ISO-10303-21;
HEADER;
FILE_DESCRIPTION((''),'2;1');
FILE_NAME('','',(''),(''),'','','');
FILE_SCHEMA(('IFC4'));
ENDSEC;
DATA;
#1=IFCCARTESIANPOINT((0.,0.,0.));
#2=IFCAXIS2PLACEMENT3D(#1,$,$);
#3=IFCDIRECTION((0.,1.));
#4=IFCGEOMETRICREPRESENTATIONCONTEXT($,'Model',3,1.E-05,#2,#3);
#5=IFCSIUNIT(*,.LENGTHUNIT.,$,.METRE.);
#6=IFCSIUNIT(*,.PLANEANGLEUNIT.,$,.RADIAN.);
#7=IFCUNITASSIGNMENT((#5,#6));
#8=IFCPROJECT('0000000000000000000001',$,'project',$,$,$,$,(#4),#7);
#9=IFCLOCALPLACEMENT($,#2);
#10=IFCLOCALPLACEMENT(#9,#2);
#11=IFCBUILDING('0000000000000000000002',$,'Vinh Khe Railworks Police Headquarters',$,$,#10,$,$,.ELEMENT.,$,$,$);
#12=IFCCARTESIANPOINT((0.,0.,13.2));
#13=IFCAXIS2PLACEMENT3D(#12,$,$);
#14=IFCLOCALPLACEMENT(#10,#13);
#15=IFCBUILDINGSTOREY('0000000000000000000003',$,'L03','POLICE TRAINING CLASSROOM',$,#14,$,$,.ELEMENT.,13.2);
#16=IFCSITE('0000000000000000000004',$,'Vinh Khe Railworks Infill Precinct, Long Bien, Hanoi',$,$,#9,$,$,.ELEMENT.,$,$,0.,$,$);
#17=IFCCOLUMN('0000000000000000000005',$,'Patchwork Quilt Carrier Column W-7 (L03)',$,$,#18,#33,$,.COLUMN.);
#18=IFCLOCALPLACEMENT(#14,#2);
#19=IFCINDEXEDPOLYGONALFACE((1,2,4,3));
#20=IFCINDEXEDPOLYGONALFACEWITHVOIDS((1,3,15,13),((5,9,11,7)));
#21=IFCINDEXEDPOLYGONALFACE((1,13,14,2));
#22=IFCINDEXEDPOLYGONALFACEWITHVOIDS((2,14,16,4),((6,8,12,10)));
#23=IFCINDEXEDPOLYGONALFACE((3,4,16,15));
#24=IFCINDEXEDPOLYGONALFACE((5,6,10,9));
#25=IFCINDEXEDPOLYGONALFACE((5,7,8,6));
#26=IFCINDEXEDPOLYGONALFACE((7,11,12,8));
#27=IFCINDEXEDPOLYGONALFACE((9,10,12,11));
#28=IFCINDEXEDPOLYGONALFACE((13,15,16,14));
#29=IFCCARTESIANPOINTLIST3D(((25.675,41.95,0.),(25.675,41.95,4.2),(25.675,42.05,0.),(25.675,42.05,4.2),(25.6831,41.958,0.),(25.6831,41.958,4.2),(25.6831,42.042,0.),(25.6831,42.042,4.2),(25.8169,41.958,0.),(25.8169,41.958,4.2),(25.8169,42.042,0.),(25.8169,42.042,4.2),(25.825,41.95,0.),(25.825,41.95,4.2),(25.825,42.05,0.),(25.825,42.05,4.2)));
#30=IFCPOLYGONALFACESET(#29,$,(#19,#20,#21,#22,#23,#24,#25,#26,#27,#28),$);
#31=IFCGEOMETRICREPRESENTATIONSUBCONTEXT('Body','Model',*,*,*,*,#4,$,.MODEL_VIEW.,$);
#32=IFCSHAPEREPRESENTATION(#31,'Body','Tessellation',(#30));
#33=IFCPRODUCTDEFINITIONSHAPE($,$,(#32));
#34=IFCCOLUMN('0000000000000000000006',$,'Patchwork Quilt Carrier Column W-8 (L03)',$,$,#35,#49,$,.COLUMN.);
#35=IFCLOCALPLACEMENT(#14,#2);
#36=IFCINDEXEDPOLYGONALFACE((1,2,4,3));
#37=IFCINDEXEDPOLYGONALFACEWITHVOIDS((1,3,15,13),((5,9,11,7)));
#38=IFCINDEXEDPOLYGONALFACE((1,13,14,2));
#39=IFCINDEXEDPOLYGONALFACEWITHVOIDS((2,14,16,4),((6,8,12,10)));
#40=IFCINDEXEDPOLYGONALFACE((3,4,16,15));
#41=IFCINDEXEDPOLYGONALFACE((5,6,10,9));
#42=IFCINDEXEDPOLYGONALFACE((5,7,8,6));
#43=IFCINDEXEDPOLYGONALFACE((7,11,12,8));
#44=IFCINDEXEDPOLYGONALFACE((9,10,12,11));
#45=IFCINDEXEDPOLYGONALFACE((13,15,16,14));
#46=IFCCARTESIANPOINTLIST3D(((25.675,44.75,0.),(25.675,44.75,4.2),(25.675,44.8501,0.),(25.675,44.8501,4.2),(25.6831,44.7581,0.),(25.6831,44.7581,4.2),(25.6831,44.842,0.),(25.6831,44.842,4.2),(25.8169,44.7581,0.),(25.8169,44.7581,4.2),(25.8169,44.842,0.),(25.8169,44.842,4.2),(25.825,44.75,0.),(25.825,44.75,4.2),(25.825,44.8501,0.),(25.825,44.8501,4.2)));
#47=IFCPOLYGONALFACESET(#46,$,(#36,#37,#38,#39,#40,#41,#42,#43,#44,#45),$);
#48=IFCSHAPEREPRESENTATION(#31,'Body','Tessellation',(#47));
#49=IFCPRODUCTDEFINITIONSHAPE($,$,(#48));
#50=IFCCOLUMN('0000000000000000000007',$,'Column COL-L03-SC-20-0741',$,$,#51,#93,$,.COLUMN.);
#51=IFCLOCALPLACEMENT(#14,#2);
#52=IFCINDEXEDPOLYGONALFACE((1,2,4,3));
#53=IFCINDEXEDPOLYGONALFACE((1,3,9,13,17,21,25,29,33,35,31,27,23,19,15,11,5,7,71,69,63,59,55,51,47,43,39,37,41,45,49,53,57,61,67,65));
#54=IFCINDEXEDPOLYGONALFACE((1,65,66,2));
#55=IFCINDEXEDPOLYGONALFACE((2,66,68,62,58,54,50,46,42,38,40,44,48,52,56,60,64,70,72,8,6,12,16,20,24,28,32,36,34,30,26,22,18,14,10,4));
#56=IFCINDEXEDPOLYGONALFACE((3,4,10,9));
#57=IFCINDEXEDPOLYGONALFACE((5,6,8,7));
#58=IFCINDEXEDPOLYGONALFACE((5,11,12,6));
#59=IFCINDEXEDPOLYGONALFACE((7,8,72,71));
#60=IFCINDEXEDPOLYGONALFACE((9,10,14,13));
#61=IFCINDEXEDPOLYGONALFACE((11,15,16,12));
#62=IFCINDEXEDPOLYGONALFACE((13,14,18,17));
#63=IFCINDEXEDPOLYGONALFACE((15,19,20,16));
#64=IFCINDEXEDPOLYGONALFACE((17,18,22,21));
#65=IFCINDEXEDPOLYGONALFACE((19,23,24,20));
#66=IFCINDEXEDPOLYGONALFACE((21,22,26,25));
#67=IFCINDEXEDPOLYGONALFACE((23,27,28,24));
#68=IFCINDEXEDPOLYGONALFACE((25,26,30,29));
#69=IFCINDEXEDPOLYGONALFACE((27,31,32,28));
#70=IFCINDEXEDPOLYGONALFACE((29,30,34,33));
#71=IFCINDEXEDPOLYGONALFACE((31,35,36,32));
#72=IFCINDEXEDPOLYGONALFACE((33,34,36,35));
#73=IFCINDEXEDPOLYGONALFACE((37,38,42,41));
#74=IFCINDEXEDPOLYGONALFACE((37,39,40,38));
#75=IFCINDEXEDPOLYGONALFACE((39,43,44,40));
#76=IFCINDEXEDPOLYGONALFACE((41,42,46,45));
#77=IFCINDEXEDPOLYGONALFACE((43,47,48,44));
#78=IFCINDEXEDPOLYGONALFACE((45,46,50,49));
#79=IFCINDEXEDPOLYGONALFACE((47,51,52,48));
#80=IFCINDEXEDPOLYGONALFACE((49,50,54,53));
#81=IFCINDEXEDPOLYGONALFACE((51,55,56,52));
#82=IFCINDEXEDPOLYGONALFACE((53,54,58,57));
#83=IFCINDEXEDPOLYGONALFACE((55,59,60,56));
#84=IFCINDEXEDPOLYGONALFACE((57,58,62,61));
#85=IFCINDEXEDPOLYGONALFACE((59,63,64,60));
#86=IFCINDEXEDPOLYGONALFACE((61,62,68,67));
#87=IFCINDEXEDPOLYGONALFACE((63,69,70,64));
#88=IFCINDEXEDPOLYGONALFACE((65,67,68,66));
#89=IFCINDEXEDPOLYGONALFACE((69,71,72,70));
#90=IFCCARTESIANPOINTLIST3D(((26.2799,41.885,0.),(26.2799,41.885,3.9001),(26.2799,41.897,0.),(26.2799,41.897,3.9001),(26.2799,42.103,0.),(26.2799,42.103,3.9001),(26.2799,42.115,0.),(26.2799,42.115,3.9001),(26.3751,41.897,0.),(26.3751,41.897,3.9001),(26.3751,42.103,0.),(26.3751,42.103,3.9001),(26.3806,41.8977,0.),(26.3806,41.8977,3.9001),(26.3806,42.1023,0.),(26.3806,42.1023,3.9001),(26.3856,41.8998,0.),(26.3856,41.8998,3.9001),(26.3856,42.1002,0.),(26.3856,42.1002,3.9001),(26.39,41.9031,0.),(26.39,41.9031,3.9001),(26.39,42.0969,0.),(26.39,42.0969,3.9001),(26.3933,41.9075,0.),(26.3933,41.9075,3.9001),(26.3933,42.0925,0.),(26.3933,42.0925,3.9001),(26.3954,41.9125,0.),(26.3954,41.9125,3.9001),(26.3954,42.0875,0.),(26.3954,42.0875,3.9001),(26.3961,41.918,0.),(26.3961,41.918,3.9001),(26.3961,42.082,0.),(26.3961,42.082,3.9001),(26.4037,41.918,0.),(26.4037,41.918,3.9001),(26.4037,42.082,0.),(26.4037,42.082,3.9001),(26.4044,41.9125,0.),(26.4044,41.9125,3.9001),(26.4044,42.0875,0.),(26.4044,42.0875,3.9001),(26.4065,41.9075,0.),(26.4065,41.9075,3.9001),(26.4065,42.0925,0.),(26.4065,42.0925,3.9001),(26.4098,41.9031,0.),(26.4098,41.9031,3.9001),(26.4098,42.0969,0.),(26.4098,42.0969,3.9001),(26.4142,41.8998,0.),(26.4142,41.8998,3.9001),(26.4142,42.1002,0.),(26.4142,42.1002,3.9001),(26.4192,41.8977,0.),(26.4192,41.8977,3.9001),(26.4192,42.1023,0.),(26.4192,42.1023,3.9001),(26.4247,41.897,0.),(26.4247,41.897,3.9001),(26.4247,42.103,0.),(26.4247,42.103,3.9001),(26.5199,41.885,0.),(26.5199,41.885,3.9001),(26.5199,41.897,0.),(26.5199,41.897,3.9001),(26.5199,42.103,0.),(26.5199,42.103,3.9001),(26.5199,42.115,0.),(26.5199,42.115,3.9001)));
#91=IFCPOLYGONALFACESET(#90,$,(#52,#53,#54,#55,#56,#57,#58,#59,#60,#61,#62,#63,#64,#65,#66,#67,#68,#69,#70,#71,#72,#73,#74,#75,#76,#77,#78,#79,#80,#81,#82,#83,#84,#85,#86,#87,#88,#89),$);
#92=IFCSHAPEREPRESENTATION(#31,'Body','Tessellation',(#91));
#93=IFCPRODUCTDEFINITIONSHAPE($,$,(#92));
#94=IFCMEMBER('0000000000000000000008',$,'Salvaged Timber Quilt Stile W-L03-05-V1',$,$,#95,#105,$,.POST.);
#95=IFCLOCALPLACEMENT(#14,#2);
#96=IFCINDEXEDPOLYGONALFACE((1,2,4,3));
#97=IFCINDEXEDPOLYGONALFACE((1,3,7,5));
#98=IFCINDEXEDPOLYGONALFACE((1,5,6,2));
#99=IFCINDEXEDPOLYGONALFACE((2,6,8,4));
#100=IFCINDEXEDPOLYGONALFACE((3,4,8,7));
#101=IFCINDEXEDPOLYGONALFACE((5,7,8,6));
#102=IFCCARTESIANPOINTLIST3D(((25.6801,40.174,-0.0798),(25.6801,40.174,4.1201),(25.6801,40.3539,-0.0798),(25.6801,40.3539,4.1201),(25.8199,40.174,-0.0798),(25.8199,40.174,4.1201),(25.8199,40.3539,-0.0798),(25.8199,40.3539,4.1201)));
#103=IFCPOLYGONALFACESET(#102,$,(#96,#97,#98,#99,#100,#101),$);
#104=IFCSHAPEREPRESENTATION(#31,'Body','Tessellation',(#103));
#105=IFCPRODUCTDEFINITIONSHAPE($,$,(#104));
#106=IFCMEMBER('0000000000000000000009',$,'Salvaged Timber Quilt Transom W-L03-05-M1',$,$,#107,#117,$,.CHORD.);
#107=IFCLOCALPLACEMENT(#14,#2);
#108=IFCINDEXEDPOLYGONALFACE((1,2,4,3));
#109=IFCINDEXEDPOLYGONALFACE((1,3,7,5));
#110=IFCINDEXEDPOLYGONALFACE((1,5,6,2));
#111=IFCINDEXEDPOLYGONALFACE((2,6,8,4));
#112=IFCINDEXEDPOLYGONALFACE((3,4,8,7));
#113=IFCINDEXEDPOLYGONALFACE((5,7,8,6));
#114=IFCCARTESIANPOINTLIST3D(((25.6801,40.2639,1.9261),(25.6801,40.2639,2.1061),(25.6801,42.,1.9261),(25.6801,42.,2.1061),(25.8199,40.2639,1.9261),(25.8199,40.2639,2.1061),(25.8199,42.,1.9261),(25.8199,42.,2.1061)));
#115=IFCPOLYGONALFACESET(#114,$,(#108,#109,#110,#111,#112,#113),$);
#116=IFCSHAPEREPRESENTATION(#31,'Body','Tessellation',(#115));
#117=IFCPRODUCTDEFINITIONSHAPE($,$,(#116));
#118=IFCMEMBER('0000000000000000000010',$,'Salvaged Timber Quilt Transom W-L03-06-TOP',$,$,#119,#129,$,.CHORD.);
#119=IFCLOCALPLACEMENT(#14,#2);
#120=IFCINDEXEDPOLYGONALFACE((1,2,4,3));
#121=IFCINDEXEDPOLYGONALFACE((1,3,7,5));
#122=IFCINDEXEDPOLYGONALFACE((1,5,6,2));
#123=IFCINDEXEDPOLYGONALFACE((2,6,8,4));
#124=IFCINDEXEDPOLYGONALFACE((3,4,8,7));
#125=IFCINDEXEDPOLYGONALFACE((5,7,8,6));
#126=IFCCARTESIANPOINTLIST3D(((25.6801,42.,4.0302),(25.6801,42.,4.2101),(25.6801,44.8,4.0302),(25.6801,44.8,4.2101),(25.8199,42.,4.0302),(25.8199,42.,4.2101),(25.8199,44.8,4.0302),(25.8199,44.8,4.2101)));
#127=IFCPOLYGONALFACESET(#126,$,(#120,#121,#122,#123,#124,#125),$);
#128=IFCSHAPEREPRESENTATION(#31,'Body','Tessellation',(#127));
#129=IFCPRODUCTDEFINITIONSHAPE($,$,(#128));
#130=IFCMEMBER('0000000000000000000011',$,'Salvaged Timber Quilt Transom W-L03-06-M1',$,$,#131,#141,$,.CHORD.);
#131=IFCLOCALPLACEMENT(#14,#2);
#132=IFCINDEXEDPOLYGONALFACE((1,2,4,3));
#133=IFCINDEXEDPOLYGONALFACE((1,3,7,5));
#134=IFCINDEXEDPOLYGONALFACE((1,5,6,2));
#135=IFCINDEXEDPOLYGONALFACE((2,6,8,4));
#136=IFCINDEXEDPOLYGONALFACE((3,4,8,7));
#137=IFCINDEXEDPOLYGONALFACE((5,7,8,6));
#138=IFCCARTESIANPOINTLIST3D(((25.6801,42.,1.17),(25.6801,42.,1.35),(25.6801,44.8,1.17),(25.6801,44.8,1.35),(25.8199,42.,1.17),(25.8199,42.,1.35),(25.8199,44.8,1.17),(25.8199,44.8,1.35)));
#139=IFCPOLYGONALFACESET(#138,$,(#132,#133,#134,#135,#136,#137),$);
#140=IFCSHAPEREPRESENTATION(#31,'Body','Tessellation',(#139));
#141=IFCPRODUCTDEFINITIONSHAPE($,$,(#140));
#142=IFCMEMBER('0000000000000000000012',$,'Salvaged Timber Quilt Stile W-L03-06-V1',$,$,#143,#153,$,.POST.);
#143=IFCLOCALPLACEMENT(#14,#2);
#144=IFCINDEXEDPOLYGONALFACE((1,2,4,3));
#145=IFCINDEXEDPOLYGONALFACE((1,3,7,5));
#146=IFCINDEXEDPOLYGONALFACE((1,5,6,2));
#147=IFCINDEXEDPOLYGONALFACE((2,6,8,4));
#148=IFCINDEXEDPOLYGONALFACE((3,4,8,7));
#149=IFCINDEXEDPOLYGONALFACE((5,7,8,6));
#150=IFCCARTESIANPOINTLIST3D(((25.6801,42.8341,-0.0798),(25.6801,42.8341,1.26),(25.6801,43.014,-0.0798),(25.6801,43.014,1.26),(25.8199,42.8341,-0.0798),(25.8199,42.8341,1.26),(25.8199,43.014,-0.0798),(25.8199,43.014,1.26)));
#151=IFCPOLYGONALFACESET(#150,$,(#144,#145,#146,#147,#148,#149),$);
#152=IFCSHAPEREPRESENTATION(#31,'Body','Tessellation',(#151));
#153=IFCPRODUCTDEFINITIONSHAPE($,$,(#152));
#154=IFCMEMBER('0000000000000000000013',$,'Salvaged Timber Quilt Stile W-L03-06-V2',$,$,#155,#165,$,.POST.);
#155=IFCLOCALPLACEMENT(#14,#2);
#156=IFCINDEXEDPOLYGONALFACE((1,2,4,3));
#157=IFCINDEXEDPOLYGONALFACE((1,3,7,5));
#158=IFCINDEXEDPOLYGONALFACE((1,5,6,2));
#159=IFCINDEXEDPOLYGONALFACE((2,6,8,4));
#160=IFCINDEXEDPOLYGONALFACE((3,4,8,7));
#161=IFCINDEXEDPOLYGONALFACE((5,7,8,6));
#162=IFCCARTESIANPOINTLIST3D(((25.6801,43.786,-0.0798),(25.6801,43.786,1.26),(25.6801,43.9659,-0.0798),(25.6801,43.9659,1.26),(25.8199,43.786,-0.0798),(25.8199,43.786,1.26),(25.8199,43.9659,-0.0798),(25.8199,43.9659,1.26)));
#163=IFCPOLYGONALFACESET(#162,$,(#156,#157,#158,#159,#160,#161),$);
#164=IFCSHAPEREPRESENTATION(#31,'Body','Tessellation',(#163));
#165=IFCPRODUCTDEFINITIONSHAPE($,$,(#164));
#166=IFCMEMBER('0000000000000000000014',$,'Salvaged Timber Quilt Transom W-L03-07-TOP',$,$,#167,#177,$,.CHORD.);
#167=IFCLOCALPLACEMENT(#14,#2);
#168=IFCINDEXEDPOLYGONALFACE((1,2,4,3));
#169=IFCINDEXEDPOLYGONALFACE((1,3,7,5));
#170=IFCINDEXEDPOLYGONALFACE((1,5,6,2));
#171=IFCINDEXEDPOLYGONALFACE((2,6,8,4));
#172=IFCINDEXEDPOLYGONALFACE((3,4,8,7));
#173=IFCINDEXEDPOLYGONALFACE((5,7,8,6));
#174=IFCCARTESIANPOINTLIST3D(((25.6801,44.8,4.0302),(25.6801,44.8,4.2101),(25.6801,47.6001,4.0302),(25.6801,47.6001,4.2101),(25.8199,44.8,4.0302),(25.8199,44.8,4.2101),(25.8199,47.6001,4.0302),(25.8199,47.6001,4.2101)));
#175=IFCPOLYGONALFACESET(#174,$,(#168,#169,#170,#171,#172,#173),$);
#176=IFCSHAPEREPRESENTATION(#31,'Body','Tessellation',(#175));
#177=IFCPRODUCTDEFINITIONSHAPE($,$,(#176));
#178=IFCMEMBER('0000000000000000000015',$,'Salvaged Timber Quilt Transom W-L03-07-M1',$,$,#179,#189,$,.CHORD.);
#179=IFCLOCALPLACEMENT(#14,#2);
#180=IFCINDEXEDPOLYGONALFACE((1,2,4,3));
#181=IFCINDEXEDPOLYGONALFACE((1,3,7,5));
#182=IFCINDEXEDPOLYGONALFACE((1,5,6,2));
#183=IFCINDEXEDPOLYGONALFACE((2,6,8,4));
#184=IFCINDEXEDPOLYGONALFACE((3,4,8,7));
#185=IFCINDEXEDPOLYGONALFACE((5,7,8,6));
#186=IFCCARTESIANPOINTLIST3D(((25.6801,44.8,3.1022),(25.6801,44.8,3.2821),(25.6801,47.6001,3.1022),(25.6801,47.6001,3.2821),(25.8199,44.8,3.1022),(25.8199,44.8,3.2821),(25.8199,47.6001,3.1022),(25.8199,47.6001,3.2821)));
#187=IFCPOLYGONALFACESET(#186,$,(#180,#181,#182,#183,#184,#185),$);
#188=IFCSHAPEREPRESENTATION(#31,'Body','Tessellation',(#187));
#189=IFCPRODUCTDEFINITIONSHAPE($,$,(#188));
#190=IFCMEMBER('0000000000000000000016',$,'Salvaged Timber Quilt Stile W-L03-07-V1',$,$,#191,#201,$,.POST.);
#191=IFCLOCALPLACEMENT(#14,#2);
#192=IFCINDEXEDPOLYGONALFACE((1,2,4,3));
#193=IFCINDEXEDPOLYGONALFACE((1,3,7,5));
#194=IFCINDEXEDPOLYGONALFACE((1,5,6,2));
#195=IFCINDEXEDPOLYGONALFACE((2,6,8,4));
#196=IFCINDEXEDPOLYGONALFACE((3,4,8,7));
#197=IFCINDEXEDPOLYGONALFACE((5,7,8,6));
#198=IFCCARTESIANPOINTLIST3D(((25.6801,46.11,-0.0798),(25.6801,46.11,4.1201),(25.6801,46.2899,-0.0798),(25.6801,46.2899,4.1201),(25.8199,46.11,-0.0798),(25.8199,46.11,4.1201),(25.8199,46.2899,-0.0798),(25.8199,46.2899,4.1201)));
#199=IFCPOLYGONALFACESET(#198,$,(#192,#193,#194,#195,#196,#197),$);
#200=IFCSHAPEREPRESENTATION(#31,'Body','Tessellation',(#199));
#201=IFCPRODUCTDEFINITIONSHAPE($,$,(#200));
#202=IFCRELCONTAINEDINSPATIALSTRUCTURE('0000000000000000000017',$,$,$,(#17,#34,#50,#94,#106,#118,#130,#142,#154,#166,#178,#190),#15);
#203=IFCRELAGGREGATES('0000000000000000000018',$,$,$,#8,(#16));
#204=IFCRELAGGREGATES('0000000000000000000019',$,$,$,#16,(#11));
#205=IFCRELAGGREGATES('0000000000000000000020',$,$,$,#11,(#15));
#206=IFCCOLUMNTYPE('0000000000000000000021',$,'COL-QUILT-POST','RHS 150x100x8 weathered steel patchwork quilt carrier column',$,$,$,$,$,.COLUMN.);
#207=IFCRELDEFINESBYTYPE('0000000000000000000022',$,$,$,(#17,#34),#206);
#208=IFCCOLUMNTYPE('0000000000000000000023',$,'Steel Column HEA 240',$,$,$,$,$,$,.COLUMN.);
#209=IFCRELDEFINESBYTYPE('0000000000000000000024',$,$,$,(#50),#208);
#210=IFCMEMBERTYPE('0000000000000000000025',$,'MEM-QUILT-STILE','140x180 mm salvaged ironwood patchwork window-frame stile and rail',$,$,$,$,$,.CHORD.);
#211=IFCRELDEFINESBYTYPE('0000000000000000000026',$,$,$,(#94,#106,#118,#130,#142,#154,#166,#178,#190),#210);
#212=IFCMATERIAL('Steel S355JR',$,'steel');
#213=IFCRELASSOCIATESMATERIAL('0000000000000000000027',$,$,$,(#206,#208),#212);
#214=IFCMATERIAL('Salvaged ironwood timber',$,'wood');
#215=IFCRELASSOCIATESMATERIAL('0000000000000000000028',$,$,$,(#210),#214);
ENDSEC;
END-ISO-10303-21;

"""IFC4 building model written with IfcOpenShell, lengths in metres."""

from ifc_helpers import new_model, si_unit, direction, frame, origin, origin_2d, place, context, subcontext, project, spatial, rectangle, hollow_rectangle, i_section, extrude, material, material_profile, profile_set, type_object, element, save


model = new_model("IFC4")

# Units and contexts
model_context = context("Model", 3, precision=1e-05, world=origin(), true_north=direction((0.0, 1.0)))
body_context = subcontext(model_context, "Body", "Model", "MODEL_VIEW")
ifc_project = project(units=[si_unit("LENGTHUNIT", "METRE"), si_unit("PLANEANGLEUNIT", "RADIAN")], contexts=[model_context])

# Site, building, storey
site_placement = place(None, origin())
site = spatial("IfcSite", under=ifc_project, at=site_placement, Name="Vinh Khe Railworks Infill Precinct, Long Bien, Hanoi", CompositionType="ELEMENT", RefElevation=0.0)
building_placement = place(site_placement, origin())
building = spatial("IfcBuilding", under=site, at=building_placement, Name="Vinh Khe Railworks Police Headquarters", CompositionType="ELEMENT")
storey_placement = place(building_placement, frame((0.0, 0.0, 13.2)))
storey = spatial("IfcBuildingStorey", under=building, at=storey_placement, Name="L03", Description="POLICE TRAINING CLASSROOM", CompositionType="ELEMENT", Elevation=13.2)

# Columns
ifc_material_1 = material(Name="Steel S355JR", Category="steel")
ifc_material_profile_1 = material_profile(ifc_material_1, hollow_rectangle(XDim=0.1499, YDim=0.1001, WallThickness=0.0081, at=origin_2d()), Name="RHS 150x100x8")
ifc_profile_set_1 = profile_set([ifc_material_profile_1], Name="Steel S355JR")
column_type_1 = type_object("IfcColumnType", Name="COL-QUILT-POST", Description="RHS 150x100x8 weathered steel patchwork quilt carrier column", PredefinedType="COLUMN", material=ifc_profile_set_1)
for number, where, z_axis, x_axis, name in (
    (1, (25.75, 42.0, 0.0), (0.0, 0.0, 1.0), (1.0, 0.0, 0.0), "Patchwork Quilt Carrier Column W-7 (L03)"),
    (2, (25.75, 44.8, 0.0), (0.0, 0.0, 1.0), (1.0, 0.0, 0.0), "Patchwork Quilt Carrier Column W-8 (L03)"),
):
    element("IfcColumn", number, at=place(storey_placement, frame(where, z_axis=z_axis, x_axis=x_axis)), inside=storey, type_object=column_type_1, Name=name, PredefinedType="COLUMN", context=body_context, shape_type="SweptSolid", body=[
        extrude(hollow_rectangle(XDim=0.1499, YDim=0.1001, WallThickness=0.0081, at=origin_2d()), origin(), (0.0, 0.0, 1.0), 4.2),
    ])
ifc_material_profile_2 = material_profile(ifc_material_1, i_section(OverallWidth=0.24, OverallDepth=0.23, WebThickness=0.0076, FlangeThickness=0.012, FilletRadius=0.021, at=origin_2d()), Name="HEA 240")
ifc_profile_set_2 = profile_set([ifc_material_profile_2], Name="Steel S355JR")
column_type_2 = type_object("IfcColumnType", Name="Steel Column HEA 240", PredefinedType="COLUMN", material=ifc_profile_set_2)
column_placement = place(storey_placement, frame((26.3999, 42.0, 0.0), z_axis=(0.0, 0.0, 1.0), x_axis=(1.0, 0.0, 0.0)))
element("IfcColumn", 3, at=column_placement, inside=storey, type_object=column_type_2, Name="Column COL-L03-SC-20-0741", PredefinedType="COLUMN", context=body_context, shape_type="SweptSolid", body=[
    extrude(i_section(OverallWidth=0.24, OverallDepth=0.23, WebThickness=0.0076, FlangeThickness=0.012, FilletRadius=0.021, at=origin_2d()), origin(), (0.0, 0.0, 1.0), 3.9001),
])

# Members
ifc_material_2 = material(Name="Salvaged ironwood timber", Category="wood")
ifc_material_profile_3 = material_profile(ifc_material_2, rectangle(XDim=0.1399, YDim=0.1799, at=origin_2d()), Name="TIMBER 140x180")
ifc_profile_set_3 = profile_set([ifc_material_profile_3], Name="Salvaged ironwood timber")
member_type_1 = type_object("IfcMemberType", Name="MEM-QUILT-STILE", Description="140x180 mm salvaged ironwood patchwork window-frame stile and rail", PredefinedType="CHORD", material=ifc_profile_set_3)
member_1_placement = place(storey_placement, frame((25.75, 40.2639, -0.0798), z_axis=(0.0, 0.0, 1.0), x_axis=(1.0, 0.0, 0.0)))
element("IfcMember", 4, at=member_1_placement, inside=storey, type_object=member_type_1, Name="Salvaged Timber Quilt Stile W-L03-05-V1", PredefinedType="POST", context=body_context, shape_type="SweptSolid", body=[
    extrude(rectangle(XDim=0.1399, YDim=0.1799, at=origin_2d()), origin(), (0.0, 0.0, 1.0), 4.2),
])
member_2_placement = place(storey_placement, frame((25.75, 40.2639, 2.0161), z_axis=(0.0, 1.0, 0.0), x_axis=(-1.0, 0.0, 0.0)))
element("IfcMember", 5, at=member_2_placement, inside=storey, type_object=member_type_1, Name="Salvaged Timber Quilt Transom W-L03-05-M1", PredefinedType="CHORD", context=body_context, shape_type="SweptSolid", body=[
    extrude(rectangle(XDim=0.1399, YDim=0.1799, at=origin_2d()), origin(), (0.0, 0.0, 1.0), 1.7361),
])
for number, where, z_axis, x_axis, name in (
    (6, (25.75, 42.0, 4.1201), (0.0, 1.0, 0.0), (-1.0, 0.0, 0.0), "Salvaged Timber Quilt Transom W-L03-06-TOP"),
    (7, (25.75, 42.0, 1.26), (0.0, 1.0, 0.0), (-1.0, 0.0, 0.0), "Salvaged Timber Quilt Transom W-L03-06-M1"),
):
    element("IfcMember", number, at=place(storey_placement, frame(where, z_axis=z_axis, x_axis=x_axis)), inside=storey, type_object=member_type_1, Name=name, PredefinedType="CHORD", context=body_context, shape_type="SweptSolid", body=[
        extrude(rectangle(XDim=0.1399, YDim=0.1799, at=origin_2d()), origin(), (0.0, 0.0, 1.0), 2.8),
    ])
for number, where, z_axis, x_axis, name in (
    (8, (25.75, 42.9241, -0.0798), (0.0, 0.0, 1.0), (1.0, 0.0, 0.0), "Salvaged Timber Quilt Stile W-L03-06-V1"),
    (9, (25.75, 43.876, -0.0798), (0.0, 0.0, 1.0), (1.0, 0.0, 0.0), "Salvaged Timber Quilt Stile W-L03-06-V2"),
):
    element("IfcMember", number, at=place(storey_placement, frame(where, z_axis=z_axis, x_axis=x_axis)), inside=storey, type_object=member_type_1, Name=name, PredefinedType="POST", context=body_context, shape_type="SweptSolid", body=[
        extrude(rectangle(XDim=0.1399, YDim=0.1799, at=origin_2d()), origin(), (0.0, 0.0, 1.0), 1.3398),
    ])
for number, where, z_axis, x_axis, name in (
    (10, (25.75, 44.8, 4.1201), (0.0, 1.0, 0.0), (-1.0, 0.0, 0.0), "Salvaged Timber Quilt Transom W-L03-07-TOP"),
    (11, (25.75, 44.8, 3.1921), (0.0, 1.0, 0.0), (-1.0, 0.0, 0.0), "Salvaged Timber Quilt Transom W-L03-07-M1"),
):
    element("IfcMember", number, at=place(storey_placement, frame(where, z_axis=z_axis, x_axis=x_axis)), inside=storey, type_object=member_type_1, Name=name, PredefinedType="CHORD", context=body_context, shape_type="SweptSolid", body=[
        extrude(rectangle(XDim=0.1399, YDim=0.1799, at=origin_2d()), origin(), (0.0, 0.0, 1.0), 2.8),
    ])
member_3_placement = place(storey_placement, frame((25.75, 46.2, -0.0798), z_axis=(0.0, 0.0, 1.0), x_axis=(1.0, 0.0, 0.0)))
element("IfcMember", 12, at=member_3_placement, inside=storey, type_object=member_type_1, Name="Salvaged Timber Quilt Stile W-L03-07-V1", PredefinedType="POST", context=body_context, shape_type="SweptSolid", body=[
    extrude(rectangle(XDim=0.1399, YDim=0.1799, at=origin_2d()), origin(), (0.0, 0.0, 1.0), 4.2),
])

save(model, "model.ifc")
